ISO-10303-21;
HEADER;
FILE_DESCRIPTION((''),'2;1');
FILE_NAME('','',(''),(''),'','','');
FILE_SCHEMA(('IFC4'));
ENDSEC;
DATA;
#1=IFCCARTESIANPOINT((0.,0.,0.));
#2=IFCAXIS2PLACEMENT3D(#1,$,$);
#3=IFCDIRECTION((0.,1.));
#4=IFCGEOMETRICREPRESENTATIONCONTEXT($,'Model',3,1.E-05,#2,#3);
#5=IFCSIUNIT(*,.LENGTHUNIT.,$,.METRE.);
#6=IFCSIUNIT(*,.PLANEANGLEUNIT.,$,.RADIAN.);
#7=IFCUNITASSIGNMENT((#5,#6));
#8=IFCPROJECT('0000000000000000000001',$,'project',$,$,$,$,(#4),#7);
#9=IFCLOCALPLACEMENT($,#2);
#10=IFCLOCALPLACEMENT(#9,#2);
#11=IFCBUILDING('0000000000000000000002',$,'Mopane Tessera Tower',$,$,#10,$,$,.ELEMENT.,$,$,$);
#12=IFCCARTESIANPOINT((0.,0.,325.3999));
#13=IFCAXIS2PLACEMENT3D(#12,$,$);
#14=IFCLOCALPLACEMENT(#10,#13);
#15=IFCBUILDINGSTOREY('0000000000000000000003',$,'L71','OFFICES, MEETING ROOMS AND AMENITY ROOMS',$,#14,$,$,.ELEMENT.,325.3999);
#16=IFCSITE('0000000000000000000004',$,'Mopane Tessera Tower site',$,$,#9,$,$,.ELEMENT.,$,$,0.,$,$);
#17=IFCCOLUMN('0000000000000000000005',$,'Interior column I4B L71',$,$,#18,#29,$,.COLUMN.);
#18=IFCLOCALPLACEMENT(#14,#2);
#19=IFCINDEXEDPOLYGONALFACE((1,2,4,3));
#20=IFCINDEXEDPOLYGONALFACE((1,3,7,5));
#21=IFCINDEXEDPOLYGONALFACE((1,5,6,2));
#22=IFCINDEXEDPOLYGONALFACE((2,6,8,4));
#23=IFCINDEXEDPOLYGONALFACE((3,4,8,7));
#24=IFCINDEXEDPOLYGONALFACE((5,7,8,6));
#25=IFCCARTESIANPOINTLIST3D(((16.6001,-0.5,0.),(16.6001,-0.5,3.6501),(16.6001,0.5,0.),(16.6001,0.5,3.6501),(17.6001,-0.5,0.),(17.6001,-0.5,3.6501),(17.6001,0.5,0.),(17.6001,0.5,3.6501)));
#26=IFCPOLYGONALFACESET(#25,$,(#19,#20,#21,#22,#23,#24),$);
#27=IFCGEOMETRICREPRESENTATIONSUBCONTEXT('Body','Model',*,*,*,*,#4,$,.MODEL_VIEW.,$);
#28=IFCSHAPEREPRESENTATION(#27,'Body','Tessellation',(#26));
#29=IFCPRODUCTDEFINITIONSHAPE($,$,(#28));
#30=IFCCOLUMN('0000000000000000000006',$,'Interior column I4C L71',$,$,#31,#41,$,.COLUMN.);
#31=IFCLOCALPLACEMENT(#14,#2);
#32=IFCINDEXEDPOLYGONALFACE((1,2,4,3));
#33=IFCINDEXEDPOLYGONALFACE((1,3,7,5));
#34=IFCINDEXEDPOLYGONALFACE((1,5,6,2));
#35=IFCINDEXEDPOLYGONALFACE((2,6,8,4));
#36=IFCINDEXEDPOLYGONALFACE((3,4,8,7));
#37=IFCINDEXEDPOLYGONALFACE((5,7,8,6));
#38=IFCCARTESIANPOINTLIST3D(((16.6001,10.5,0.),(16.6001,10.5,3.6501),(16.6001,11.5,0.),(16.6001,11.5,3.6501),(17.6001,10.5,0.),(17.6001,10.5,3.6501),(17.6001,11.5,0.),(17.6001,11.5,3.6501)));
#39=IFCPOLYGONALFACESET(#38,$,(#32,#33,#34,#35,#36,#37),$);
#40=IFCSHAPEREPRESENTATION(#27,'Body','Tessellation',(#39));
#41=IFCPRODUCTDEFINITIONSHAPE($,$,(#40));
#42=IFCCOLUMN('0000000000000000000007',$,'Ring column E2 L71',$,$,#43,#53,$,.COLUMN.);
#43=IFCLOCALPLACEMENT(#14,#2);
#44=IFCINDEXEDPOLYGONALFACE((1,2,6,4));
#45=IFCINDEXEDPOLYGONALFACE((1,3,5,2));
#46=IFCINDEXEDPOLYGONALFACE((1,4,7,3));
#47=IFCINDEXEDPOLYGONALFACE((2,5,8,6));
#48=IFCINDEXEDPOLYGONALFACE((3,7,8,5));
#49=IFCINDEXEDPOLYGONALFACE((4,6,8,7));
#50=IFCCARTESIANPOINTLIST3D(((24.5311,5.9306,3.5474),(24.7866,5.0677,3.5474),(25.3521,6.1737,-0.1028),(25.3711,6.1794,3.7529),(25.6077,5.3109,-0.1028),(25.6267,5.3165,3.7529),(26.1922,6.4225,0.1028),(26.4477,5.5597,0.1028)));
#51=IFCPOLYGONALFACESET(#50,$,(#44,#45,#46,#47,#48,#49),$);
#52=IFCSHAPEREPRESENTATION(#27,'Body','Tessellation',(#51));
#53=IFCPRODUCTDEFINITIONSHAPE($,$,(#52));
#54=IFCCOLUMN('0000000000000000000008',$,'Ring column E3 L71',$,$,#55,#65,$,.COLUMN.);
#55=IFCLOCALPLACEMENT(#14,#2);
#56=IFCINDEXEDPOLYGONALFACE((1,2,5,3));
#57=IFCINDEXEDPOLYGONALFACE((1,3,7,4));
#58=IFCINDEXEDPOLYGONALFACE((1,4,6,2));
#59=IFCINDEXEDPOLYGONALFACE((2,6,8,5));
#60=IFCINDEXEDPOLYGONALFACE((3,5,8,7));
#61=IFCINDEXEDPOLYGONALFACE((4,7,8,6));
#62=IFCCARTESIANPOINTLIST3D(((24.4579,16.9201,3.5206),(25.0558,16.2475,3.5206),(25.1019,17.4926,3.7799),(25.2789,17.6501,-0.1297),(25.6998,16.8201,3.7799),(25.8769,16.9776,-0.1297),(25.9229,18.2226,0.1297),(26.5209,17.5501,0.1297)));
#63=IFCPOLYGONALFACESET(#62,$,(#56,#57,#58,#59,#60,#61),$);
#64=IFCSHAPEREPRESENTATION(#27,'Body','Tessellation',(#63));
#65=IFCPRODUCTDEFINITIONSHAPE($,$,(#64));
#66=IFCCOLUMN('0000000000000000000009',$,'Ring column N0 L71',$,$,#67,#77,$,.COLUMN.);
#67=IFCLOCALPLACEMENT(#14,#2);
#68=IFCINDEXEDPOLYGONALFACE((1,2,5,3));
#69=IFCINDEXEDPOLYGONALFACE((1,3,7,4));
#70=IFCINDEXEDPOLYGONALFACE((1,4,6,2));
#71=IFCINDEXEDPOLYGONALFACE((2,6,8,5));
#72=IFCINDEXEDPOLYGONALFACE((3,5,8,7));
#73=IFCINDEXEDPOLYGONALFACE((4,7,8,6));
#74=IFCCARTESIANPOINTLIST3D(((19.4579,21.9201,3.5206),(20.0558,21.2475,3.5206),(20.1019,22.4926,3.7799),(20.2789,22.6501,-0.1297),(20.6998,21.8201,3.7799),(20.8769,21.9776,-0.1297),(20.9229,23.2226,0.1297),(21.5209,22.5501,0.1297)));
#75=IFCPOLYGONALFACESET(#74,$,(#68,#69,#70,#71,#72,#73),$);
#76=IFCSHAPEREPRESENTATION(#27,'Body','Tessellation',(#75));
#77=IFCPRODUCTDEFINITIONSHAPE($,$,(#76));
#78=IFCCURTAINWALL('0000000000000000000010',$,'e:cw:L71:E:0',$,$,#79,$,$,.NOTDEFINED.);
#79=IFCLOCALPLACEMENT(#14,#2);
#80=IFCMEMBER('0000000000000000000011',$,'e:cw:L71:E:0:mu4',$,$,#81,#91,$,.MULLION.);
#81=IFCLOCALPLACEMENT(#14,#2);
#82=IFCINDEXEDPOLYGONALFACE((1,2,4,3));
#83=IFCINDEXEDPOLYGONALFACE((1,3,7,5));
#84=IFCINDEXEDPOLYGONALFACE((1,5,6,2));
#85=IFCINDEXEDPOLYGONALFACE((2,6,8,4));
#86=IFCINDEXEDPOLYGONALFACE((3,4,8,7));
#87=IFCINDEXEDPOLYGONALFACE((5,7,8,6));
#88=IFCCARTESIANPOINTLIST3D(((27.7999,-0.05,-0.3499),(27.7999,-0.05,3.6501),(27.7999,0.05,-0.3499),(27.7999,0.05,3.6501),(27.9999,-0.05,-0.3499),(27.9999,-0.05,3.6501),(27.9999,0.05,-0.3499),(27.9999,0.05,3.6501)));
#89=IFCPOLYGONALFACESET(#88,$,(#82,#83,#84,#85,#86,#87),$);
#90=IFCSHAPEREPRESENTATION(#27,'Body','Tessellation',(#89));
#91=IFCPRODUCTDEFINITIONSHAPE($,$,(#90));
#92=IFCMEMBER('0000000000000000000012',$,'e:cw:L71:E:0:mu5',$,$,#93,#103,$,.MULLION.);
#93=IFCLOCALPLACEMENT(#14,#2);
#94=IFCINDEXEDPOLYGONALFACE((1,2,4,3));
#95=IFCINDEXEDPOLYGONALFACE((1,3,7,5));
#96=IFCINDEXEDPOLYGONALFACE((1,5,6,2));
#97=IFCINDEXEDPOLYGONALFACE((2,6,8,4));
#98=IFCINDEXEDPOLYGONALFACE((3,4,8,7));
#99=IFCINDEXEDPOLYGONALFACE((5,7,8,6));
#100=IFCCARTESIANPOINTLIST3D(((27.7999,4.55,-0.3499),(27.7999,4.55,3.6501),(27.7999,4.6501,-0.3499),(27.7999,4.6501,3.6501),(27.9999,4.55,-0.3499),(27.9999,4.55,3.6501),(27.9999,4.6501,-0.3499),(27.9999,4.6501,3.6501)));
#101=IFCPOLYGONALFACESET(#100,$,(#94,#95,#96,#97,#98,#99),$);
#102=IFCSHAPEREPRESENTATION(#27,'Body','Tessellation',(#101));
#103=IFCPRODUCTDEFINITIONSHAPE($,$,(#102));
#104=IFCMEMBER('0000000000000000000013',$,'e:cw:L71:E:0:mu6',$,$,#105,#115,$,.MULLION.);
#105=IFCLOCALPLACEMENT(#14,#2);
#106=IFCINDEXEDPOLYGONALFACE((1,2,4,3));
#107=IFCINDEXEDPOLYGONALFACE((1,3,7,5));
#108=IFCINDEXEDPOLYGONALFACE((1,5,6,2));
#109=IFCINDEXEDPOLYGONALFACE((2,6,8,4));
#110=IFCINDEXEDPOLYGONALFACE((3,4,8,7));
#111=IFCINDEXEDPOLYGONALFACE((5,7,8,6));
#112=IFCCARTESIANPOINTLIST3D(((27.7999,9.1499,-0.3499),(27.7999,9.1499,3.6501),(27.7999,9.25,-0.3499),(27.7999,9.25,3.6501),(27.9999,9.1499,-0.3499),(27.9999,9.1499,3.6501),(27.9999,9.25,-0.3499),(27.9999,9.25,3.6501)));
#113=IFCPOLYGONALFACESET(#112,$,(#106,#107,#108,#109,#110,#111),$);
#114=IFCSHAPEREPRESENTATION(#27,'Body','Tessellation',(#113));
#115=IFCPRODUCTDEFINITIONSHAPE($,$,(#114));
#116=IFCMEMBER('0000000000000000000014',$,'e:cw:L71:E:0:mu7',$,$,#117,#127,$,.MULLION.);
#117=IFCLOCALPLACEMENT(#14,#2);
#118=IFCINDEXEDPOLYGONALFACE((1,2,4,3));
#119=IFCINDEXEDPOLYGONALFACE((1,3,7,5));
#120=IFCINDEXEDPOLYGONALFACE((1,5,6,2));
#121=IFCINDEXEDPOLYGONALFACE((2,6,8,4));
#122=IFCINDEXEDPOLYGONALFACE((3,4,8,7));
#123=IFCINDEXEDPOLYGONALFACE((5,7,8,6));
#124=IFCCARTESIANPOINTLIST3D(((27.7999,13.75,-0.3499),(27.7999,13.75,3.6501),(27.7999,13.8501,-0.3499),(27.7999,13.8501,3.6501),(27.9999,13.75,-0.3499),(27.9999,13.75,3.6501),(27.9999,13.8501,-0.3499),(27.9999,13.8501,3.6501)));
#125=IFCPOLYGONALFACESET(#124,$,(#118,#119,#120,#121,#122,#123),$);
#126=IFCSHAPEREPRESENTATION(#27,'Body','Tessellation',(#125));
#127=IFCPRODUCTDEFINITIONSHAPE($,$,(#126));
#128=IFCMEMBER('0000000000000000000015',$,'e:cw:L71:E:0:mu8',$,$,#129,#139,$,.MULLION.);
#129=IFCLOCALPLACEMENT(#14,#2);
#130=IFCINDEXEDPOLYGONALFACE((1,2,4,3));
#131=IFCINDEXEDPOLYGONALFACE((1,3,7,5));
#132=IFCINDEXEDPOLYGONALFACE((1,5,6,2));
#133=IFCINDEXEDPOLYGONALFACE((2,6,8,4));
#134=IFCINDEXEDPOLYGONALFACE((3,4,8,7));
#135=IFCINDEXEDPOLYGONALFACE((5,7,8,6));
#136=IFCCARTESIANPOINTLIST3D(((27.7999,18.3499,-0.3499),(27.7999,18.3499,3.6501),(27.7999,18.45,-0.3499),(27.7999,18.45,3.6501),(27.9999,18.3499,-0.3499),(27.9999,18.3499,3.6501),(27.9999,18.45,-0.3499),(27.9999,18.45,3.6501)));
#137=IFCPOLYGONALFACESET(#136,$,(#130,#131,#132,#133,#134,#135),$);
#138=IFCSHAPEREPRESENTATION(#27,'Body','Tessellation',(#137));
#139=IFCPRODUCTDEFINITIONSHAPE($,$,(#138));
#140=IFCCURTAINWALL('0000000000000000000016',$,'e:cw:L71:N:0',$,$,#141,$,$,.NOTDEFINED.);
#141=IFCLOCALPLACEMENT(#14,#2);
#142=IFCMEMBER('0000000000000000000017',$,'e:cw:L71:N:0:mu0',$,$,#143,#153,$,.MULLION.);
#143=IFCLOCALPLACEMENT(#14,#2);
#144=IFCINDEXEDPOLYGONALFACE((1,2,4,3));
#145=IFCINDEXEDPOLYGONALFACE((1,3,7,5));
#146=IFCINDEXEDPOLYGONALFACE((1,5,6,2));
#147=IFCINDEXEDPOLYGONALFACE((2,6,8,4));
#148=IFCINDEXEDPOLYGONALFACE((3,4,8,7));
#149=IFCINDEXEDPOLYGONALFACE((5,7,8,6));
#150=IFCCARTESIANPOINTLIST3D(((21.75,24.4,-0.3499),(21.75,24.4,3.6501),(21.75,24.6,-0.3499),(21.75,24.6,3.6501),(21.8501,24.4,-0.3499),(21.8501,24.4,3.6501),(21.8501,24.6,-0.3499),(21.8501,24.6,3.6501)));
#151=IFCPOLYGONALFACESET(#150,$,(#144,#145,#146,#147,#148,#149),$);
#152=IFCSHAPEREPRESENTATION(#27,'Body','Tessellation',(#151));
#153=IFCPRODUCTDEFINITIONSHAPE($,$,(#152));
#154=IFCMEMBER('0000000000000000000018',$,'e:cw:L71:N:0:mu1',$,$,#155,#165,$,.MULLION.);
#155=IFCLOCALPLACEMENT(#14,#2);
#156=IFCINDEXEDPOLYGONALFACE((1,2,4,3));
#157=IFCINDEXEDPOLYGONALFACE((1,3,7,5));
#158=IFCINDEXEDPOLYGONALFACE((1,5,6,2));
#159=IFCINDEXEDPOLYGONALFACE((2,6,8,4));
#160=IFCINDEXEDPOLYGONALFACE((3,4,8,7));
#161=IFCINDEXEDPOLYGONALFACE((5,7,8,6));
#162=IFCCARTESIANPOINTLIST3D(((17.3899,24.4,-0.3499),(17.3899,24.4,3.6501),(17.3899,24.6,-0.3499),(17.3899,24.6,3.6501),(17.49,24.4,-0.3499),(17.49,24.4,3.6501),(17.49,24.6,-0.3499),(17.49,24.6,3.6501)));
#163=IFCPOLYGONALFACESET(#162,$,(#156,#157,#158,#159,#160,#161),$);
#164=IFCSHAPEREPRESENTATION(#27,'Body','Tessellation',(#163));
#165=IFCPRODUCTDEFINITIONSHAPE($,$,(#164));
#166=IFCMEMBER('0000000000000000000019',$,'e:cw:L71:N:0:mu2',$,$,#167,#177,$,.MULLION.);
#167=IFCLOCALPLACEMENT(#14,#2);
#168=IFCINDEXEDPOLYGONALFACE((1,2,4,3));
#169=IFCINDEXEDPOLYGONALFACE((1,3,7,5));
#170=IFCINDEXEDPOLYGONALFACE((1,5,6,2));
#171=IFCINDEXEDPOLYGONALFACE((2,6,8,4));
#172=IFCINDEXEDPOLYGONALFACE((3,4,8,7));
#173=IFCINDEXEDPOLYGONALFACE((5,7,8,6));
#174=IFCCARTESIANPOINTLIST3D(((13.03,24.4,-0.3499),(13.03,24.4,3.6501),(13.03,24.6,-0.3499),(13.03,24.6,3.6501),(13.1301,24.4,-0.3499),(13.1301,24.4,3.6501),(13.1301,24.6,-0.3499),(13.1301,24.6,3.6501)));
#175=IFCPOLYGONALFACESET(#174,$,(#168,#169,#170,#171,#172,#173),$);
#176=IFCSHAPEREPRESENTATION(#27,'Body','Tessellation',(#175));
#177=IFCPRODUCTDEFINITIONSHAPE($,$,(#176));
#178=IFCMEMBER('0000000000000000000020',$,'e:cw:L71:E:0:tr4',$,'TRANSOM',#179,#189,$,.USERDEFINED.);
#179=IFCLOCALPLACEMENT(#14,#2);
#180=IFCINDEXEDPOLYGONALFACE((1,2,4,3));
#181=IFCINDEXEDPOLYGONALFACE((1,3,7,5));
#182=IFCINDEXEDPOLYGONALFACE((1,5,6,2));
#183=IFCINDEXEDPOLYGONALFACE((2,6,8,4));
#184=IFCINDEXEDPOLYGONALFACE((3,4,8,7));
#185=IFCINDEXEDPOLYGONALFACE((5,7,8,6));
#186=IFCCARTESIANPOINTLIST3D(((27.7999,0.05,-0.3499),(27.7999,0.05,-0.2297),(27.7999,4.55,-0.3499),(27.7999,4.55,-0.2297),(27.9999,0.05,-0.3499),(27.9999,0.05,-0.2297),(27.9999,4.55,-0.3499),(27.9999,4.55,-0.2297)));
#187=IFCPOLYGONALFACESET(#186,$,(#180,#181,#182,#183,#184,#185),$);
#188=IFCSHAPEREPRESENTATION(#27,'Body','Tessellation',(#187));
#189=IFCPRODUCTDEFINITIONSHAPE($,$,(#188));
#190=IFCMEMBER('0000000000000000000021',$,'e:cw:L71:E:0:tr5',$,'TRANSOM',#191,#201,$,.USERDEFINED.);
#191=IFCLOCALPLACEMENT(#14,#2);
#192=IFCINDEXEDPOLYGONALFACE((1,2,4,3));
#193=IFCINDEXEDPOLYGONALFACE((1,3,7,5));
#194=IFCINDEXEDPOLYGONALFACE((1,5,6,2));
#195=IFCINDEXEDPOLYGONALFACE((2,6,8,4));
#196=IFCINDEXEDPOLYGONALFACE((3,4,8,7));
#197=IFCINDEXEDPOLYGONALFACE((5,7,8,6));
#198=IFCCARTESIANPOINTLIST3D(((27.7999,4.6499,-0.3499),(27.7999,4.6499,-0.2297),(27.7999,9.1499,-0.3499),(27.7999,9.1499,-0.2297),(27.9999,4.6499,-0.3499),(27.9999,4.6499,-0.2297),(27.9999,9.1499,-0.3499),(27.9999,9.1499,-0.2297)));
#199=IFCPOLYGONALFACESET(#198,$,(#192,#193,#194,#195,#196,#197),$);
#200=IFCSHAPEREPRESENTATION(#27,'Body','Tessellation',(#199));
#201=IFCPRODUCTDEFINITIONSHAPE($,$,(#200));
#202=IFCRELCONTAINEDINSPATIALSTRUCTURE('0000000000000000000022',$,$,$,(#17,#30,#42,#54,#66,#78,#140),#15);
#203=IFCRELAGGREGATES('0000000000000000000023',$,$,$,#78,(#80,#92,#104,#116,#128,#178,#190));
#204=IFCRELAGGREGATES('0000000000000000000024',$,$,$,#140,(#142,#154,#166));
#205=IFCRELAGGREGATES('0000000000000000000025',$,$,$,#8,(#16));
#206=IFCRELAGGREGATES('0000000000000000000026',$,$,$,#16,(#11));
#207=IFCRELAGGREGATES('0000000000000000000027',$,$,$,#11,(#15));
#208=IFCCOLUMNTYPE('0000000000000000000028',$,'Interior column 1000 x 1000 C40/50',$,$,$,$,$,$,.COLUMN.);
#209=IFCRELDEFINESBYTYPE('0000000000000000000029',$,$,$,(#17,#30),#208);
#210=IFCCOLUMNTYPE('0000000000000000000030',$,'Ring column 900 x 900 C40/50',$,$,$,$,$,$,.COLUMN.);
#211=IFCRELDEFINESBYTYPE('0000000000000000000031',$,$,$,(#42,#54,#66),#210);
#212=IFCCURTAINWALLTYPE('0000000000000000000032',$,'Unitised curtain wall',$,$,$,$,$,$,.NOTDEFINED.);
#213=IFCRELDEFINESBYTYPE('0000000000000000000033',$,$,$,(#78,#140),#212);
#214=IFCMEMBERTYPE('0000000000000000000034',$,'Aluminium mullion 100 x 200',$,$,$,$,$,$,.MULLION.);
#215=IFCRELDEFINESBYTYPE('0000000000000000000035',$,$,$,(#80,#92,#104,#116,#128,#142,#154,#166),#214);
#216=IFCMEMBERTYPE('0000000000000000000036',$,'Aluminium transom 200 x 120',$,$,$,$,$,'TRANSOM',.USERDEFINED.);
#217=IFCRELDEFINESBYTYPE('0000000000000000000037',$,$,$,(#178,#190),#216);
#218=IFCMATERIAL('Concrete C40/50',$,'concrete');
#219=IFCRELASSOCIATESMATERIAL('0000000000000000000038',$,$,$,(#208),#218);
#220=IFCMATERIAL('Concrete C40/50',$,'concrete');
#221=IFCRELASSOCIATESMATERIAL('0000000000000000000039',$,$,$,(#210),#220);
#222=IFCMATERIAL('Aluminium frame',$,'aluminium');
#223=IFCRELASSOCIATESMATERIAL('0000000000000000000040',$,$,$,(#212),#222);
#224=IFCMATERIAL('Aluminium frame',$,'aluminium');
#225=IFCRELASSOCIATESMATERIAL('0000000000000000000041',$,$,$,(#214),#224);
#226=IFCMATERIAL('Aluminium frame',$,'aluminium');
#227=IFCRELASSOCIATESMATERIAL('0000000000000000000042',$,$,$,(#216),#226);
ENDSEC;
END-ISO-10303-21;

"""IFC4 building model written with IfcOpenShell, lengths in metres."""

from ifc_helpers import new_model, si_unit, direction, frame, origin, origin_2d, place, context, subcontext, project, spatial, rectangle, extrude, material, material_profile, profile_set, type_object, element, aggregate, save


model = new_model("IFC4")

# Units and contexts
model_context = context("Model", 3, precision=1e-05, world=origin(), true_north=direction((0.0, 1.0)))
body_context = subcontext(model_context, "Body", "Model", "MODEL_VIEW")
ifc_project = project(units=[si_unit("LENGTHUNIT", "METRE"), si_unit("PLANEANGLEUNIT", "RADIAN")], contexts=[model_context])

# Site, building, storey
site_placement = place(None, origin())
site = spatial("IfcSite", under=ifc_project, at=site_placement, Name="Mopane Tessera Tower site", CompositionType="ELEMENT", RefElevation=0.0)
building_placement = place(site_placement, origin())
building = spatial("IfcBuilding", under=site, at=building_placement, Name="Mopane Tessera Tower", CompositionType="ELEMENT")
storey_placement = place(building_placement, frame((0.0, 0.0, 325.3999)))
storey = spatial("IfcBuildingStorey", under=building, at=storey_placement, Name="L71", Description="OFFICES, MEETING ROOMS AND AMENITY ROOMS", CompositionType="ELEMENT", Elevation=325.3999)

# Columns
ifc_material_1 = material(Name="Concrete C40/50", Category="concrete")
ifc_material_profile_1 = material_profile(ifc_material_1, rectangle(XDim=1.0, YDim=1.0, at=origin_2d()))
ifc_profile_set_1 = profile_set([ifc_material_profile_1], Name="Concrete C40/50")
column_type_1 = type_object("IfcColumnType", Name="Interior column 1000 x 1000 C40/50", PredefinedType="COLUMN", material=ifc_profile_set_1)
for number, where, z_axis, x_axis, name in (
    (1, (17.1001, 0.0, 0.0), (0.0, 0.0, 1.0), (1.0, 0.0, 0.0), "Interior column I4B L71"),
    (2, (17.1001, 11.0, 0.0), (0.0, 0.0, 1.0), (1.0, 0.0, 0.0), "Interior column I4C L71"),
):
    element("IfcColumn", number, at=place(storey_placement, frame(where, z_axis=z_axis, x_axis=x_axis)), inside=storey, type_object=column_type_1, Name=name, PredefinedType="COLUMN", context=body_context, shape_type="SweptSolid", body=[
        extrude(rectangle(XDim=1.0, YDim=1.0, at=origin_2d()), origin(), (0.0, 0.0, 1.0), 3.6501),
    ])
ifc_material_2 = material(Name="Concrete C40/50", Category="concrete")
ifc_material_profile_2 = material_profile(ifc_material_2, rectangle(XDim=0.8999, YDim=0.8999, at=origin_2d()))
ifc_profile_set_2 = profile_set([ifc_material_profile_2], Name="Concrete C40/50")
column_type_2 = type_object("IfcColumnType", Name="Ring column 900 x 900 C40/50", PredefinedType="COLUMN", material=ifc_profile_set_2)
column_placement = place(storey_placement, frame((25.8999, 5.8667, 0.0), z_axis=(-0.21899, -0.064857, 0.973569), x_axis=(0.283972, -0.958833, 0.0)))
element("IfcColumn", 3, at=column_placement, inside=storey, type_object=column_type_2, Name="Ring column E2 L71", PredefinedType="COLUMN", context=body_context, shape_type="SweptSolid", body=[
    extrude(rectangle(XDim=0.8999, YDim=0.8999, at=origin_2d()), origin(), (0.0, 0.0, 1.0), 3.7493),
])
for number, where, z_axis, x_axis, name in (
    (4, (25.8999, 17.6001, 0.0), (-0.21539, -0.191501, 0.957567), (0.664447, -0.747336, 0.0), "Ring column E3 L71"),
    (5, (20.8999, 22.6001, 0.0), (-0.21539, -0.191501, 0.957567), (0.664447, -0.747336, 0.0), "Ring column N0 L71"),
):
    element("IfcColumn", number, at=place(storey_placement, frame(where, z_axis=z_axis, x_axis=x_axis)), inside=storey, type_object=column_type_2, Name=name, PredefinedType="COLUMN", context=body_context, shape_type="SweptSolid", body=[
        extrude(rectangle(XDim=0.8999, YDim=0.8999, at=origin_2d()), origin(), (0.0, 0.0, 1.0), 3.812),
    ])

# Curtain walls, members
ifc_material_3 = material(Name="Aluminium frame", Category="aluminium")
curtain_wall_type = type_object("IfcCurtainWallType", Name="Unitised curtain wall", PredefinedType="NOTDEFINED", material=ifc_material_3)
curtain_wall_1_placement = place(storey_placement, origin())
curtain_wall_1 = element("IfcCurtainWall", 6, at=curtain_wall_1_placement, inside=storey, type_object=curtain_wall_type, Name="e:cw:L71:E:0", PredefinedType="NOTDEFINED")
ifc_material_4 = material(Name="Aluminium frame", Category="aluminium")
ifc_material_profile_3 = material_profile(ifc_material_4, rectangle(XDim=0.1001, YDim=0.2, at=origin_2d()))
ifc_profile_set_3 = profile_set([ifc_material_profile_3], Name="Aluminium frame")
member_type_1 = type_object("IfcMemberType", Name="Aluminium mullion 100 x 200", PredefinedType="MULLION", material=ifc_profile_set_3)
member_1_placement = place(storey_placement, frame((27.8999, 0.0, -0.3499), z_axis=(0.0, 0.0, 1.0), x_axis=(0.0, 1.0, 0.0)))
member_1 = element("IfcMember", 7, at=member_1_placement, type_object=member_type_1, Name="e:cw:L71:E:0:mu4", PredefinedType="MULLION", context=body_context, shape_type="SweptSolid", body=[
    extrude(rectangle(XDim=0.1001, YDim=0.2, at=origin_2d()), origin(), (0.0, 0.0, 1.0), 4.0),
])
member_2_placement = place(storey_placement, frame((27.8999, 4.6001, -0.3499), z_axis=(0.0, 0.0, 1.0), x_axis=(0.0, 1.0, 0.0)))
member_2 = element("IfcMember", 8, at=member_2_placement, type_object=member_type_1, Name="e:cw:L71:E:0:mu5", PredefinedType="MULLION", context=body_context, shape_type="SweptSolid", body=[
    extrude(rectangle(XDim=0.1001, YDim=0.2, at=origin_2d()), origin(), (0.0, 0.0, 1.0), 4.0),
])
member_3_placement = place(storey_placement, frame((27.8999, 9.2, -0.3499), z_axis=(0.0, 0.0, 1.0), x_axis=(0.0, 1.0, 0.0)))
member_3 = element("IfcMember", 9, at=member_3_placement, type_object=member_type_1, Name="e:cw:L71:E:0:mu6", PredefinedType="MULLION", context=body_context, shape_type="SweptSolid", body=[
    extrude(rectangle(XDim=0.1001, YDim=0.2, at=origin_2d()), origin(), (0.0, 0.0, 1.0), 4.0),
])
member_4_placement = place(storey_placement, frame((27.8999, 13.8, -0.3499), z_axis=(0.0, 0.0, 1.0), x_axis=(0.0, 1.0, 0.0)))
member_4 = element("IfcMember", 10, at=member_4_placement, type_object=member_type_1, Name="e:cw:L71:E:0:mu7", PredefinedType="MULLION", context=body_context, shape_type="SweptSolid", body=[
    extrude(rectangle(XDim=0.1001, YDim=0.2, at=origin_2d()), origin(), (0.0, 0.0, 1.0), 4.0),
])
member_5_placement = place(storey_placement, frame((27.8999, 18.3999, -0.3499), z_axis=(0.0, 0.0, 1.0), x_axis=(0.0, 1.0, 0.0)))
member_5 = element("IfcMember", 11, at=member_5_placement, type_object=member_type_1, Name="e:cw:L71:E:0:mu8", PredefinedType="MULLION", context=body_context, shape_type="SweptSolid", body=[
    extrude(rectangle(XDim=0.1001, YDim=0.2, at=origin_2d()), origin(), (0.0, 0.0, 1.0), 4.0),
])
curtain_wall_2_placement = place(storey_placement, origin())
curtain_wall_2 = element("IfcCurtainWall", 12, at=curtain_wall_2_placement, inside=storey, type_object=curtain_wall_type, Name="e:cw:L71:N:0", PredefinedType="NOTDEFINED")
member_6_placement = place(storey_placement, frame((21.8, 24.5, -0.3499), z_axis=(0.0, 0.0, 1.0), x_axis=(-1.0, 0.0, 0.0)))
member_6 = element("IfcMember", 13, at=member_6_placement, type_object=member_type_1, Name="e:cw:L71:N:0:mu0", PredefinedType="MULLION", context=body_context, shape_type="SweptSolid", body=[
    extrude(rectangle(XDim=0.1001, YDim=0.2, at=origin_2d()), origin(), (0.0, 0.0, 1.0), 4.0),
])
member_7_placement = place(storey_placement, frame((17.4399, 24.5, -0.3499), z_axis=(0.0, 0.0, 1.0), x_axis=(-1.0, 0.0, 0.0)))
member_7 = element("IfcMember", 14, at=member_7_placement, type_object=member_type_1, Name="e:cw:L71:N:0:mu1", PredefinedType="MULLION", context=body_context, shape_type="SweptSolid", body=[
    extrude(rectangle(XDim=0.1001, YDim=0.2, at=origin_2d()), origin(), (0.0, 0.0, 1.0), 4.0),
])
member_8_placement = place(storey_placement, frame((13.0801, 24.5, -0.3499), z_axis=(0.0, 0.0, 1.0), x_axis=(-1.0, 0.0, 0.0)))
member_8 = element("IfcMember", 15, at=member_8_placement, type_object=member_type_1, Name="e:cw:L71:N:0:mu2", PredefinedType="MULLION", context=body_context, shape_type="SweptSolid", body=[
    extrude(rectangle(XDim=0.1001, YDim=0.2, at=origin_2d()), origin(), (0.0, 0.0, 1.0), 4.0),
])

# Members
ifc_material_5 = material(Name="Aluminium frame", Category="aluminium")
ifc_material_profile_4 = material_profile(ifc_material_5, rectangle(XDim=0.2, YDim=0.1201, at=origin_2d()))
ifc_profile_set_4 = profile_set([ifc_material_profile_4], Name="Aluminium frame")
member_type_2 = type_object("IfcMemberType", Name="Aluminium transom 200 x 120", ElementType="TRANSOM", PredefinedType="USERDEFINED", material=ifc_profile_set_4)
member_9_placement = place(storey_placement, frame((27.8999, 0.05, -0.2898), z_axis=(0.0, 1.0, 0.0), x_axis=(-1.0, 0.0, 0.0)))
member_9 = element("IfcMember", 16, at=member_9_placement, type_object=member_type_2, Name="e:cw:L71:E:0:tr4", ObjectType="TRANSOM", PredefinedType="USERDEFINED", context=body_context, shape_type="SweptSolid", body=[
    extrude(rectangle(XDim=0.2, YDim=0.1201, at=origin_2d()), origin(), (0.0, 0.0, 1.0), 4.5),
])
member_10_placement = place(storey_placement, frame((27.8999, 4.6499, -0.2898), z_axis=(0.0, 1.0, 0.0), x_axis=(-1.0, 0.0, 0.0)))
member_10 = element("IfcMember", 17, at=member_10_placement, type_object=member_type_2, Name="e:cw:L71:E:0:tr5", ObjectType="TRANSOM", PredefinedType="USERDEFINED", context=body_context, shape_type="SweptSolid", body=[
    extrude(rectangle(XDim=0.2, YDim=0.1201, at=origin_2d()), origin(), (0.0, 0.0, 1.0), 4.5),
])

aggregate(curtain_wall_1, [member_1, member_2, member_3, member_4, member_5, member_9, member_10])
aggregate(curtain_wall_2, [member_6, member_7, member_8])

save(model, "model.ifc")
